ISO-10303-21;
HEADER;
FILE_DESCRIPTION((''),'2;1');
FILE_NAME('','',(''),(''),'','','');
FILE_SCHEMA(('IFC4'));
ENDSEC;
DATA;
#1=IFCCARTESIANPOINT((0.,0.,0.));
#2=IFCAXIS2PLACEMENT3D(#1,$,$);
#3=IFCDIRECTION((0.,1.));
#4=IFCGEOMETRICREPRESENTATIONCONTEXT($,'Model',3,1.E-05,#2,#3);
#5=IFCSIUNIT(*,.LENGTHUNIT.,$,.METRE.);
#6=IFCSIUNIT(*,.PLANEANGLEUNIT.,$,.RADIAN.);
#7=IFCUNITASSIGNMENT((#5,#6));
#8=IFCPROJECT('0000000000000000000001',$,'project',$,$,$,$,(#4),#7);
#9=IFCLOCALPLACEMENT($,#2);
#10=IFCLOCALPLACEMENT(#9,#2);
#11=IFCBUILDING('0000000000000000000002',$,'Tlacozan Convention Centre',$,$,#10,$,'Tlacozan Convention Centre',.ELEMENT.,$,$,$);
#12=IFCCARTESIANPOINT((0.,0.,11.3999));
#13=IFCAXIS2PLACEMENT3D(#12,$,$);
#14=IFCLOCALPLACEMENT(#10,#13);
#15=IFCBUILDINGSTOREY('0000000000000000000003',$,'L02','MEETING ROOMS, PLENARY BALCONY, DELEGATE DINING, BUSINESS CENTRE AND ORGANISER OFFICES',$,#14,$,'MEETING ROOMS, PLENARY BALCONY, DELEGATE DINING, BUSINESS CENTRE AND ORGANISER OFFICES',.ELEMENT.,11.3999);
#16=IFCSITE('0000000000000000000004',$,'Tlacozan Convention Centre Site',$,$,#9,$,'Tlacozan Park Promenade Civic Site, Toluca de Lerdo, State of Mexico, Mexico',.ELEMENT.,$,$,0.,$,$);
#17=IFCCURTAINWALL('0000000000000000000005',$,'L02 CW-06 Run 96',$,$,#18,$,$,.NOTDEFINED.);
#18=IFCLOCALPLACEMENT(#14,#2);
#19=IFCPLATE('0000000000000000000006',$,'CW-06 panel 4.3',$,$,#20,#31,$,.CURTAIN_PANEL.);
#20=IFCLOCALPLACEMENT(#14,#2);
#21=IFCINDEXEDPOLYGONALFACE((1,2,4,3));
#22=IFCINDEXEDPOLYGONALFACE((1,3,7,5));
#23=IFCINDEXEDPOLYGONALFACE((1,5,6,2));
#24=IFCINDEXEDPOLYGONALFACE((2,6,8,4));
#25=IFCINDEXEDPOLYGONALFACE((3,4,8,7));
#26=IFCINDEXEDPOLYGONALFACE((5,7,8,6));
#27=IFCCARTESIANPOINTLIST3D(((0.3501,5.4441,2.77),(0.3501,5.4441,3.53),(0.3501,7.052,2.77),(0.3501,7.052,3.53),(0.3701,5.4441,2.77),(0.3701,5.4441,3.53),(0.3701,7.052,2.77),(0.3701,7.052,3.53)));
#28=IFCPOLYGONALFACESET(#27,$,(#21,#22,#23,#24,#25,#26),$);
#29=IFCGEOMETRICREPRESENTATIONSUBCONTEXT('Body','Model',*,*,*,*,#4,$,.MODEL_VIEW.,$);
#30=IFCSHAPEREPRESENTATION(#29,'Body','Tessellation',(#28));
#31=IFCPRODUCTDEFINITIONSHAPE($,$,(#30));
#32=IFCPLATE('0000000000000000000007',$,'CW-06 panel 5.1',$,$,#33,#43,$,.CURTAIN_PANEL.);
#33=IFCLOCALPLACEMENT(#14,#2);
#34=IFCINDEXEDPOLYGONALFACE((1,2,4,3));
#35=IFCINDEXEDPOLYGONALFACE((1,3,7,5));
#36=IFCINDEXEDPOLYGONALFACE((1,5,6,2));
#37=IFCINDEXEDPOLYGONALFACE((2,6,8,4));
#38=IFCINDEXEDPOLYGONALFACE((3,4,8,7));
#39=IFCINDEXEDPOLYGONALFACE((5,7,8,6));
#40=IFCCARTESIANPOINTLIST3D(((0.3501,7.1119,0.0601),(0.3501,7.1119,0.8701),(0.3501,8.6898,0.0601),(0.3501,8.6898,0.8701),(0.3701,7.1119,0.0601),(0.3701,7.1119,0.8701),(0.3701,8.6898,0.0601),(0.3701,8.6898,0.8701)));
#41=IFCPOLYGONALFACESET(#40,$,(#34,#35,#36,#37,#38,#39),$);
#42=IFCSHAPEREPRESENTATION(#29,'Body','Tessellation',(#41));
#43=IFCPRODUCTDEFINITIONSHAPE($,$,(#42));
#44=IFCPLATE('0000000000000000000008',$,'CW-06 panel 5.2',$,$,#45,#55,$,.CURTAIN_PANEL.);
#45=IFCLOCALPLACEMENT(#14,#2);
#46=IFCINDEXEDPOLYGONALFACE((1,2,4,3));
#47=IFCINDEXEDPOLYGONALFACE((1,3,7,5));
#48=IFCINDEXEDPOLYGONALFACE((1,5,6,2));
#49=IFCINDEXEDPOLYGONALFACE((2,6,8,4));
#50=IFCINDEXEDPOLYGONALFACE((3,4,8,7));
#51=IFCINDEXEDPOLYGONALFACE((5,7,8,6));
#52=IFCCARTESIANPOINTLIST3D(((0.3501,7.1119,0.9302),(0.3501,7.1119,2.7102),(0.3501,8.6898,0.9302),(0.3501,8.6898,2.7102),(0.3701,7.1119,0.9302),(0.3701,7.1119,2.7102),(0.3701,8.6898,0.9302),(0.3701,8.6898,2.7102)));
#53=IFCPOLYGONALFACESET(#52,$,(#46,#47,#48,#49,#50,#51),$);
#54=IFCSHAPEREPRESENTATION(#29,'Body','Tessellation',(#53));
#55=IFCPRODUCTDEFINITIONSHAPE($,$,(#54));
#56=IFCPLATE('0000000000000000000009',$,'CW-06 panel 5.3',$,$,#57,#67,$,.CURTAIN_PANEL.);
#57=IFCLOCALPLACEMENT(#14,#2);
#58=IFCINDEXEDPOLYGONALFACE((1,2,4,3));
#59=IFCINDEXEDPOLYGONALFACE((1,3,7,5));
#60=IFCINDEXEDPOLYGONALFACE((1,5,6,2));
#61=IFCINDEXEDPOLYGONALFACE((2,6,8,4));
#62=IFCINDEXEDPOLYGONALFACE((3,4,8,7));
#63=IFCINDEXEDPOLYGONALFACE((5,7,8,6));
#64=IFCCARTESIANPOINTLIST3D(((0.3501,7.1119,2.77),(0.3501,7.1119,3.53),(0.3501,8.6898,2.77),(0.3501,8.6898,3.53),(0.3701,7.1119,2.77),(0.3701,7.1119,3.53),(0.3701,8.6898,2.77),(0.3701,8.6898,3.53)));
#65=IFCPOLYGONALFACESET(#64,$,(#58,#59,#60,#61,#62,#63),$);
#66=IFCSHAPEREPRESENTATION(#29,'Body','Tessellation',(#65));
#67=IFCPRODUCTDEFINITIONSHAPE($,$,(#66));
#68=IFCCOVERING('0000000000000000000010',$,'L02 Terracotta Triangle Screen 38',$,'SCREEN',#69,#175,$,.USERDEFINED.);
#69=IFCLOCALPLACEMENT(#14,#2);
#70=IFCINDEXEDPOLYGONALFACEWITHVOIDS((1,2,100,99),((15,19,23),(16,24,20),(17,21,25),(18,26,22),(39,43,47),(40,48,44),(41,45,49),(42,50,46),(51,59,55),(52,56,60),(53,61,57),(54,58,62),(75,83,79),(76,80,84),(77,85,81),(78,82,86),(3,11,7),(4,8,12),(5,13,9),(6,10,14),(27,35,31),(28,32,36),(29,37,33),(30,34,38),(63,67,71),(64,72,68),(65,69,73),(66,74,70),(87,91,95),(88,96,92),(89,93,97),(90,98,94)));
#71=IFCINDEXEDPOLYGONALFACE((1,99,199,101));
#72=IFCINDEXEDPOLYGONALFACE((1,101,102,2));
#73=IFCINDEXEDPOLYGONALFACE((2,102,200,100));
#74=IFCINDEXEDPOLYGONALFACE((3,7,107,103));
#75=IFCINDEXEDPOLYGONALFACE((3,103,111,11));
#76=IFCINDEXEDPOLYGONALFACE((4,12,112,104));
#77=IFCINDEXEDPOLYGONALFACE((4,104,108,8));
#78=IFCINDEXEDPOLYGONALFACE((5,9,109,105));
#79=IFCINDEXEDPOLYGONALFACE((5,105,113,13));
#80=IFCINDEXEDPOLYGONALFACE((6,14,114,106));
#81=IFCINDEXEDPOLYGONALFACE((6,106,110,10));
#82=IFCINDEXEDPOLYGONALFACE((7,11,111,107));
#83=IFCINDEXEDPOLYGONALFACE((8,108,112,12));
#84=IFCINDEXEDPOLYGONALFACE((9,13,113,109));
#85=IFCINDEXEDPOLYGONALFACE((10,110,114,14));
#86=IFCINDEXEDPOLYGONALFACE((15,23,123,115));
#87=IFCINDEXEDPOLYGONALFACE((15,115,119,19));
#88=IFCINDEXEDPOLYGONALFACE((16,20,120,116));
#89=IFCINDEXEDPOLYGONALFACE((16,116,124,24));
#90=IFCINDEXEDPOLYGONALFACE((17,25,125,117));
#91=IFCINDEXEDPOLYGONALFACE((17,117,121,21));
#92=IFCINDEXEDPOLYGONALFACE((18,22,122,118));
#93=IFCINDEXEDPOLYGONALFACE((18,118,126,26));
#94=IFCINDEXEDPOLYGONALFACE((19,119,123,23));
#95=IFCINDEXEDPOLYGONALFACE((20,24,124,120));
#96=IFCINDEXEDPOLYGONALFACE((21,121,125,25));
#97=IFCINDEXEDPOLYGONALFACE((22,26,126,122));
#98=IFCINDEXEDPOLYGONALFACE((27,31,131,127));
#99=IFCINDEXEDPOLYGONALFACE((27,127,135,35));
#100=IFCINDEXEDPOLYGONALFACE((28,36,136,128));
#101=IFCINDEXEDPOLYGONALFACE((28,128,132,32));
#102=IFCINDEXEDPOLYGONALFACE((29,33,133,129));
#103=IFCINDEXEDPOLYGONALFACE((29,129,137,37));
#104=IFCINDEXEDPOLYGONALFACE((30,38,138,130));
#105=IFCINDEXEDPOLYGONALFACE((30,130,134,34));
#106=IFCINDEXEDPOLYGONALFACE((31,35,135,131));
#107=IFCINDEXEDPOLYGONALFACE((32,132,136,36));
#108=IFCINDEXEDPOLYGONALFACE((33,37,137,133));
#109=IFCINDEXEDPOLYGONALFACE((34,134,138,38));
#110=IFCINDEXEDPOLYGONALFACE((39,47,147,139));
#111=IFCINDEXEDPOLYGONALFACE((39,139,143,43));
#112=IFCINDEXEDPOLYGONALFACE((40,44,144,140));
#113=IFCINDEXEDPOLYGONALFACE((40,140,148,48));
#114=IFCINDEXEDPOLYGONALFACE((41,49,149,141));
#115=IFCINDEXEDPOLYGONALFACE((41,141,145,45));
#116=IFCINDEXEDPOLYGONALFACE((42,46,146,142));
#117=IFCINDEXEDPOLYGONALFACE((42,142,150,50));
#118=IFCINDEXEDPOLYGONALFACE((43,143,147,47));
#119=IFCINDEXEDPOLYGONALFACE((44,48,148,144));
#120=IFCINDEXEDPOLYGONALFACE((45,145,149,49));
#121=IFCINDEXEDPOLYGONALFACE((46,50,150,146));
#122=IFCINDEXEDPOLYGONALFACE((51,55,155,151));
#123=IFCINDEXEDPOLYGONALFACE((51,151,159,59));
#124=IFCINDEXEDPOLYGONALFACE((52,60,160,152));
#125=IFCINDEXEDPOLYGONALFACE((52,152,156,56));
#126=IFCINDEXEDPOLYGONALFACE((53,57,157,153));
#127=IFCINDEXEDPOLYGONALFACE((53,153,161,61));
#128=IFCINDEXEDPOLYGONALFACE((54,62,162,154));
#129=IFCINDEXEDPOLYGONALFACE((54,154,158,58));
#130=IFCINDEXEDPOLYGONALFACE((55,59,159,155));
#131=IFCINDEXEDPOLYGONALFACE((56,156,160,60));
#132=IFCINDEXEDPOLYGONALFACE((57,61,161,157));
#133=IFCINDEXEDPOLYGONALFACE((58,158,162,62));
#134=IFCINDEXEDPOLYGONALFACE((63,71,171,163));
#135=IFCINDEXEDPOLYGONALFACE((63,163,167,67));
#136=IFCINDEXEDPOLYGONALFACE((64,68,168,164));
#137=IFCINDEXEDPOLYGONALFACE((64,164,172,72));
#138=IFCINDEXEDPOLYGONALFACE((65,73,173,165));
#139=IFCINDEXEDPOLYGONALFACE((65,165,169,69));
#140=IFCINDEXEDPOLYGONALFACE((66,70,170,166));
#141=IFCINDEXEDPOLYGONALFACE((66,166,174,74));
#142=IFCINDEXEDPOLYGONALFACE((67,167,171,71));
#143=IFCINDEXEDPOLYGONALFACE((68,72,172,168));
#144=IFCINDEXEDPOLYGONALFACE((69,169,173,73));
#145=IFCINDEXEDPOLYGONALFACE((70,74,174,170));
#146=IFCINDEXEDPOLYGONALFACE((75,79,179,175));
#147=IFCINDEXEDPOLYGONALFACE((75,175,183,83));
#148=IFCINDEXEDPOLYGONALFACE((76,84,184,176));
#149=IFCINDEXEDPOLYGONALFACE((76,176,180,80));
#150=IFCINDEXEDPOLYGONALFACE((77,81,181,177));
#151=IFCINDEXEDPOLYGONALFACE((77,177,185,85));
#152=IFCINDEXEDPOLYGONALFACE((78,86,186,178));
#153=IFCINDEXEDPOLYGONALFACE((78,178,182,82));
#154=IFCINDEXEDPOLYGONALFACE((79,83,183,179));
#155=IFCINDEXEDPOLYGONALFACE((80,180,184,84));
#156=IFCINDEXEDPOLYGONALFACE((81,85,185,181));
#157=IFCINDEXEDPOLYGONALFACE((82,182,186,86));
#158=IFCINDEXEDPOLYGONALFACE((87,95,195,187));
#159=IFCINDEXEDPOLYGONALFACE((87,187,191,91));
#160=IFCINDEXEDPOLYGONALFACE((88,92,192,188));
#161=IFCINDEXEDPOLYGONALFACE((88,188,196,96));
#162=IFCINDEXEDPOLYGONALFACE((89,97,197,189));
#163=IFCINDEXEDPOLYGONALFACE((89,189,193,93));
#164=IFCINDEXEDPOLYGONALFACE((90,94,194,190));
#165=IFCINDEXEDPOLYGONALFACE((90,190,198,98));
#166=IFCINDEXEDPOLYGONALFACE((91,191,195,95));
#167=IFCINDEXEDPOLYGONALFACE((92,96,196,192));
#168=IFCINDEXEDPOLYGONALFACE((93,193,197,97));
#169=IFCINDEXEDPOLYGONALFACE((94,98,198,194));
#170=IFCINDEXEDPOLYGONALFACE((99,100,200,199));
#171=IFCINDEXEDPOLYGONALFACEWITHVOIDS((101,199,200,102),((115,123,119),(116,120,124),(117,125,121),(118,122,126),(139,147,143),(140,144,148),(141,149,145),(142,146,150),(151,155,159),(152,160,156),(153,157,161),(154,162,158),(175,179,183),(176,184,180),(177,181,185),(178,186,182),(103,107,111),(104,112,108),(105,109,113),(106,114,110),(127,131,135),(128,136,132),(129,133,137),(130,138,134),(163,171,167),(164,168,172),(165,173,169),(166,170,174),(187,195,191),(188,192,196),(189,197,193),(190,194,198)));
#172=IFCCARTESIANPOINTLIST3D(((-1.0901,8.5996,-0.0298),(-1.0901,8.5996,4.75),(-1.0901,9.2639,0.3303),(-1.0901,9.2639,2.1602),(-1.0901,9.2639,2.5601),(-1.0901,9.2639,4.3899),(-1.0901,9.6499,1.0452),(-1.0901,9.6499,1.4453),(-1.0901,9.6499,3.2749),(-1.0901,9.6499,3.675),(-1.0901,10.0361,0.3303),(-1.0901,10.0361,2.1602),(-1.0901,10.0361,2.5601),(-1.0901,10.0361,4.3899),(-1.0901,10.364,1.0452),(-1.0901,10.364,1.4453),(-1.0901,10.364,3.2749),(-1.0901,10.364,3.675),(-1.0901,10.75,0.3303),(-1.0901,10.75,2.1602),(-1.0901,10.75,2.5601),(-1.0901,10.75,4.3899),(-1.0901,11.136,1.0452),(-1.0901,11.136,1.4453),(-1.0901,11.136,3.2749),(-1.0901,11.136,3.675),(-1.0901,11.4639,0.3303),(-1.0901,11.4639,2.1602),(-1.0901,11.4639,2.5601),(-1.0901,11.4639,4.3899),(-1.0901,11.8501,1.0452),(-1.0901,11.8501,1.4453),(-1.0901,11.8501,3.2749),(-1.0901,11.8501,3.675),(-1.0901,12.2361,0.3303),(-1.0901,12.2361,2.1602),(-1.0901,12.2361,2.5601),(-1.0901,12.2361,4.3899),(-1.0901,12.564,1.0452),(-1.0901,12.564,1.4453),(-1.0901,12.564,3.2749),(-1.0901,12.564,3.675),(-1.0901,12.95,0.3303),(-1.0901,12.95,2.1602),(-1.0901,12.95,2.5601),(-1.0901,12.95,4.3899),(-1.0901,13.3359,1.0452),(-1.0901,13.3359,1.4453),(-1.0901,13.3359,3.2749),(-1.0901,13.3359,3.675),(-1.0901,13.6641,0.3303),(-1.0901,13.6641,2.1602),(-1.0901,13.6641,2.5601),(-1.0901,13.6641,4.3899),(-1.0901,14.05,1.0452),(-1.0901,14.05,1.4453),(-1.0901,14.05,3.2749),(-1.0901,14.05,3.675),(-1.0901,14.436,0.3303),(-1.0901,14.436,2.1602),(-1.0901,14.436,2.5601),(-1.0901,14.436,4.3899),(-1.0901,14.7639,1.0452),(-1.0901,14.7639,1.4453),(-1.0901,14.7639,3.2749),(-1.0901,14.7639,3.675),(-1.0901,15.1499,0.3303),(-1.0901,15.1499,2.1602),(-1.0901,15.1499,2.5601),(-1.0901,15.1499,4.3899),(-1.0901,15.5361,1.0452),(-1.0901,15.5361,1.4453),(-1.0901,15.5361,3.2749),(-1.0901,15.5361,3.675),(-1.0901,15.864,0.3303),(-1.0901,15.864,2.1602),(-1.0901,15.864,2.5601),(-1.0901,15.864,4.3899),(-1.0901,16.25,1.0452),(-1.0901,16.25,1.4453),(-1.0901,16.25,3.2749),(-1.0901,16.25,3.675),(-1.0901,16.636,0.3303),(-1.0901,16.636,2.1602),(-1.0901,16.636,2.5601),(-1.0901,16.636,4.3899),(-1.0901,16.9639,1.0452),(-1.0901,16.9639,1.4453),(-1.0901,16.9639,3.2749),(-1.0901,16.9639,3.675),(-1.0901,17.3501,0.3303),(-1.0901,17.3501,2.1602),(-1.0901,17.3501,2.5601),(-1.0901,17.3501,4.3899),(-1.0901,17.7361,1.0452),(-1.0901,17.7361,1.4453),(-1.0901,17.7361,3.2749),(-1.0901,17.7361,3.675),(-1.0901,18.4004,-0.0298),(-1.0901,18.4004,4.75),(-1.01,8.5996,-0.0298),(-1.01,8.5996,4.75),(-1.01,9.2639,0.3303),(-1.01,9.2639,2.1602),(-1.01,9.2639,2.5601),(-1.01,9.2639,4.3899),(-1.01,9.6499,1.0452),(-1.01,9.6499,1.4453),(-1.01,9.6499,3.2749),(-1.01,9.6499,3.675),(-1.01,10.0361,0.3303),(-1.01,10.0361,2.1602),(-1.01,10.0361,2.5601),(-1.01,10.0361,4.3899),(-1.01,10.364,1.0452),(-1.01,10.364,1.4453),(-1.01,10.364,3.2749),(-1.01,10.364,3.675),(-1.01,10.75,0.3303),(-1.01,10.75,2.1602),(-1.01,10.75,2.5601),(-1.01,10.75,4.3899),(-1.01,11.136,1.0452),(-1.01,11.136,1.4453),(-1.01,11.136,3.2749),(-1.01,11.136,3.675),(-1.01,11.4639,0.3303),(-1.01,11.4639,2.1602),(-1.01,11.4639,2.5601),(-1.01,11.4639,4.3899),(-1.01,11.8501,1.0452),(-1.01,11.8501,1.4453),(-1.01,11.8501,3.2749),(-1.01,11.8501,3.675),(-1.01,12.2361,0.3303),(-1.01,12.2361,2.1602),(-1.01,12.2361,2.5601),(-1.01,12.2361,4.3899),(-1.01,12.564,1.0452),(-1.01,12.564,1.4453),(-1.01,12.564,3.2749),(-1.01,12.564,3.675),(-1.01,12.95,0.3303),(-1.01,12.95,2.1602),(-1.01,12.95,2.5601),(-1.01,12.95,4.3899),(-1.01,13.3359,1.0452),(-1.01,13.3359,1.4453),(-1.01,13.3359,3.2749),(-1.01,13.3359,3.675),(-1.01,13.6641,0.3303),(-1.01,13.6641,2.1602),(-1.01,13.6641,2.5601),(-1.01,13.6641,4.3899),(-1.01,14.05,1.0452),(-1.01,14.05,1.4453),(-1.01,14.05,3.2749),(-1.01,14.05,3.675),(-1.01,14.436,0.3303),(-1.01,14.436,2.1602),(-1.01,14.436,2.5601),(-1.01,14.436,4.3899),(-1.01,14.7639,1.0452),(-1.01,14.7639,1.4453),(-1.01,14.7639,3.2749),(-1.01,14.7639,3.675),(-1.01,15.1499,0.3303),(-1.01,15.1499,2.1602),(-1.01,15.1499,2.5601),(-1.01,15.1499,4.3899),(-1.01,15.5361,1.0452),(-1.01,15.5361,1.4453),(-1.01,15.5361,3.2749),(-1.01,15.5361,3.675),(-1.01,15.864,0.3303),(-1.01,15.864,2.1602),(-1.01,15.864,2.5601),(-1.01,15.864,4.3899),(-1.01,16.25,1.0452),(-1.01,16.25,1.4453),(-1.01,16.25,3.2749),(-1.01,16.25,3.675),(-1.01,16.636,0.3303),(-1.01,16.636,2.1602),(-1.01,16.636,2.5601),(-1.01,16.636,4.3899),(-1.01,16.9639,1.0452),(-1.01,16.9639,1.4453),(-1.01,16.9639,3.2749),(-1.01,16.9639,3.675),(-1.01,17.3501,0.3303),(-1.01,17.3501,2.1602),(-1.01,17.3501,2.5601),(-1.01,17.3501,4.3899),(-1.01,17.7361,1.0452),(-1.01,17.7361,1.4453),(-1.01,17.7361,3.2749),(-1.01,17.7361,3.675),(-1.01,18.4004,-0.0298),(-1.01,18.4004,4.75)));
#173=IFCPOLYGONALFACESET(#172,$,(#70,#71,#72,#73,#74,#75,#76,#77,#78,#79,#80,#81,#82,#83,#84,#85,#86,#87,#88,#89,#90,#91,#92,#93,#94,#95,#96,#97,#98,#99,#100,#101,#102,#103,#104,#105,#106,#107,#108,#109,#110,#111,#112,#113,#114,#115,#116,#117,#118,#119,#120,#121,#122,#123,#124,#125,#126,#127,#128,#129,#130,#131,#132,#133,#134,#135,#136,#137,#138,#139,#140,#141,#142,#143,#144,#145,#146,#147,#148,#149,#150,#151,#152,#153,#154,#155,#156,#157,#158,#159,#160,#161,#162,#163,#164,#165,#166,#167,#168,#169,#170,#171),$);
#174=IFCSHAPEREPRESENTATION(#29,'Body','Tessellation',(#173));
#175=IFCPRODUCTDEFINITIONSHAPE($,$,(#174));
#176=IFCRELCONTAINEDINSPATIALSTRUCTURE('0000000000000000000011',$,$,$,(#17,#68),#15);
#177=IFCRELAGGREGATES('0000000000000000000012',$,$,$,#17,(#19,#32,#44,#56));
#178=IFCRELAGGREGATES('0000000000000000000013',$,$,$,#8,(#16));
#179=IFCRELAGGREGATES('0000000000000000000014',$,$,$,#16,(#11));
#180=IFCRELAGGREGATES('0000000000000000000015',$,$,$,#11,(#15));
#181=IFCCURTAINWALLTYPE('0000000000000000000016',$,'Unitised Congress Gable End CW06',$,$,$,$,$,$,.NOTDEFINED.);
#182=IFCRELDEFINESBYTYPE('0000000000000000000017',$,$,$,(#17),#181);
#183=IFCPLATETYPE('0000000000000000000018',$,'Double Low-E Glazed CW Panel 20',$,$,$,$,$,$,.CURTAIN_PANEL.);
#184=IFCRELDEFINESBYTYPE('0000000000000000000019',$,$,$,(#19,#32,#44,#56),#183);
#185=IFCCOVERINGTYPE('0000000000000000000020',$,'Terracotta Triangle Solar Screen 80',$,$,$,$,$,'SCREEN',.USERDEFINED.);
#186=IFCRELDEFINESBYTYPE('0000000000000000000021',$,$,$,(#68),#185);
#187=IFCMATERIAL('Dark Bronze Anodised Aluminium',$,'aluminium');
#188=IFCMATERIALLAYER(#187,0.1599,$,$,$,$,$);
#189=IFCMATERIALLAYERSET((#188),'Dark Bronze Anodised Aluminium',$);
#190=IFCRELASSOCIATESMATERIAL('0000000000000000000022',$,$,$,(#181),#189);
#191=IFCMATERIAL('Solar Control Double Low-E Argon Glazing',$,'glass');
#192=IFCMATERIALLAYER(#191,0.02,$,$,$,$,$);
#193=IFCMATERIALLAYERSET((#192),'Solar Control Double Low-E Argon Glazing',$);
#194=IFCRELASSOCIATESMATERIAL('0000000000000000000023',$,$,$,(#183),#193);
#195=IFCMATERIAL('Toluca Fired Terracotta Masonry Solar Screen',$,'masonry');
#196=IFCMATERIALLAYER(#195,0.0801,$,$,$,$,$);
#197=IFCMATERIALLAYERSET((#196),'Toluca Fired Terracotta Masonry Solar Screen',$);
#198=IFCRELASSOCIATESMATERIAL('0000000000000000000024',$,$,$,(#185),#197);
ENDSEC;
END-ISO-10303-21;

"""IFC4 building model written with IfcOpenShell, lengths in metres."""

from ifc_helpers import new_model, si_unit, direction, frame, origin, origin_2d, place, context, subcontext, project, spatial, polyline, rectangle, outline, extrude, material, layer, layer_set, type_object, element, aggregate, save


model = new_model("IFC4")

# Units and contexts
model_context = context("Model", 3, precision=1e-05, world=origin(), true_north=direction((0.0, 1.0)))
body_context = subcontext(model_context, "Body", "Model", "MODEL_VIEW")
ifc_project = project(units=[si_unit("LENGTHUNIT", "METRE"), si_unit("PLANEANGLEUNIT", "RADIAN")], contexts=[model_context])

# Site, building, storey
site_placement = place(None, origin())
site = spatial("IfcSite", under=ifc_project, at=site_placement, Name="Tlacozan Convention Centre Site", LongName="Tlacozan Park Promenade Civic Site, Toluca de Lerdo, State of Mexico, Mexico", CompositionType="ELEMENT", RefElevation=0.0)
building_placement = place(site_placement, origin())
building = spatial("IfcBuilding", under=site, at=building_placement, Name="Tlacozan Convention Centre", LongName="Tlacozan Convention Centre", CompositionType="ELEMENT")
storey_placement = place(building_placement, frame((0.0, 0.0, 11.3999)))
storey = spatial("IfcBuildingStorey", under=building, at=storey_placement, Name="L02", Description="MEETING ROOMS, PLENARY BALCONY, DELEGATE DINING, BUSINESS CENTRE AND ORGANISER OFFICES", LongName="MEETING ROOMS, PLENARY BALCONY, DELEGATE DINING, BUSINESS CENTRE AND ORGANISER OFFICES", CompositionType="ELEMENT", Elevation=11.3999)

# Curtain wall
ifc_material_1 = material(Name="Dark Bronze Anodised Aluminium", Category="aluminium")
ifc_layer_1 = layer(ifc_material_1, 0.1599)
ifc_layer_set_1 = layer_set([ifc_layer_1], Name="Dark Bronze Anodised Aluminium")
curtain_wall_type = type_object("IfcCurtainWallType", Name="Unitised Congress Gable End CW06", PredefinedType="NOTDEFINED", material=ifc_layer_set_1)
curtain_wall_1_placement = place(storey_placement, origin())
curtain_wall_1 = element("IfcCurtainWall", 1, at=curtain_wall_1_placement, inside=storey, type_object=curtain_wall_type, Name="L02 CW-06 Run 96", PredefinedType="NOTDEFINED")

# Plates
ifc_material_2 = material(Name="Solar Control Double Low-E Argon Glazing", Category="glass")
ifc_layer_2 = layer(ifc_material_2, 0.02)
ifc_layer_set_2 = layer_set([ifc_layer_2], Name="Solar Control Double Low-E Argon Glazing")
plate_type = type_object("IfcPlateType", Name="Double Low-E Glazed CW Panel 20", PredefinedType="CURTAIN_PANEL", material=ifc_layer_set_2)
plate_1_placement = place(storey_placement, frame((0.3601, 6.248, 2.77), z_axis=(0.0, 0.0, 1.0), x_axis=(0.0, 1.0, 0.0)))
plate_1 = element("IfcPlate", 2, at=plate_1_placement, type_object=plate_type, Name="CW-06 panel 4.3", PredefinedType="CURTAIN_PANEL", context=body_context, shape_type="SweptSolid", body=[
    extrude(rectangle(XDim=1.6079, YDim=0.02, at=origin_2d()), origin(), (0.0, 0.0, 1.0), 0.76),
])
plate_2_placement = place(storey_placement, frame((0.3601, 7.9009, 0.0601), z_axis=(0.0, 0.0, 1.0), x_axis=(0.0, 1.0, 0.0)))
plate_2 = element("IfcPlate", 3, at=plate_2_placement, type_object=plate_type, Name="CW-06 panel 5.1", PredefinedType="CURTAIN_PANEL", context=body_context, shape_type="SweptSolid", body=[
    extrude(rectangle(XDim=1.5779, YDim=0.02, at=origin_2d()), origin(), (0.0, 0.0, 1.0), 0.8101),
])
plate_3_placement = place(storey_placement, frame((0.3601, 7.9009, 0.9302), z_axis=(0.0, 0.0, 1.0), x_axis=(0.0, 1.0, 0.0)))
plate_3 = element("IfcPlate", 4, at=plate_3_placement, type_object=plate_type, Name="CW-06 panel 5.2", PredefinedType="CURTAIN_PANEL", context=body_context, shape_type="SweptSolid", body=[
    extrude(rectangle(XDim=1.5779, YDim=0.02, at=origin_2d()), origin(), (0.0, 0.0, 1.0), 1.78),
])
plate_4_placement = place(storey_placement, frame((0.3601, 7.9009, 2.77), z_axis=(0.0, 0.0, 1.0), x_axis=(0.0, 1.0, 0.0)))
plate_4 = element("IfcPlate", 5, at=plate_4_placement, type_object=plate_type, Name="CW-06 panel 5.3", PredefinedType="CURTAIN_PANEL", context=body_context, shape_type="SweptSolid", body=[
    extrude(rectangle(XDim=1.5779, YDim=0.02, at=origin_2d()), origin(), (0.0, 0.0, 1.0), 0.76),
])
aggregate(curtain_wall_1, [plate_1, plate_2, plate_3, plate_4])

# Covering
ifc_material_3 = material(Name="Toluca Fired Terracotta Masonry Solar Screen", Category="masonry")
ifc_layer_3 = layer(ifc_material_3, 0.0801)
ifc_layer_set_3 = layer_set([ifc_layer_3], Name="Toluca Fired Terracotta Masonry Solar Screen")
covering_type = type_object("IfcCoveringType", Name="Terracotta Triangle Solar Screen 80", ElementType="SCREEN", PredefinedType="USERDEFINED", material=ifc_layer_set_3)
covering_placement = place(storey_placement, frame((-1.05, 8.5996, -0.0298), z_axis=(0.0, 0.0, 1.0), x_axis=(0.0, 1.0, 0.0)))
element("IfcCovering", 6, at=covering_placement, inside=storey, type_object=covering_type, Name="L02 Terracotta Triangle Screen 38", ObjectType="SCREEN", PredefinedType="USERDEFINED", context=body_context, shape_type="SweptSolid", body=[
    extrude(outline(polyline([(0.0, 0.0), (9.8008, 0.0), (9.8008, 4.7798), (0.0, 4.7798), (0.0, 0.0)]), holes=[polyline([(0.6643, 0.3601), (1.4365, 0.3601), (1.0503, 1.075), (0.6643, 0.3601)]), polyline([(1.7644, 1.075), (2.5364, 1.075), (2.1504, 0.3601), (1.7644, 1.075)]), polyline([(2.8643, 0.3601), (3.6365, 0.3601), (3.2505, 1.075), (2.8643, 0.3601)]), polyline([(3.9644, 1.075), (4.7363, 1.075), (4.3503, 0.3601), (3.9644, 1.075)]), polyline([(5.0645, 0.3601), (5.8364, 0.3601), (5.4504, 1.075), (5.0645, 0.3601)]), polyline([(6.1643, 1.075), (6.9365, 1.075), (6.5503, 0.3601), (6.1643, 1.075)]), polyline([(7.2644, 0.3601), (8.0364, 0.3601), (7.6504, 1.075), (7.2644, 0.3601)]), polyline([(8.3643, 1.075), (9.1365, 1.075), (8.7505, 0.3601), (8.3643, 1.075)]), polyline([(0.6643, 2.1899), (1.4365, 2.1899), (1.0503, 1.4751), (0.6643, 2.1899)]), polyline([(1.7644, 1.4751), (2.5364, 1.4751), (2.1504, 2.1899), (1.7644, 1.4751)]), polyline([(2.8643, 2.1899), (3.6365, 2.1899), (3.2505, 1.4751), (2.8643, 2.1899)]), polyline([(3.9644, 1.4751), (4.7363, 1.4751), (4.3503, 2.1899), (3.9644, 1.4751)]), polyline([(5.0645, 2.1899), (5.8364, 2.1899), (5.4504, 1.4751), (5.0645, 2.1899)]), polyline([(6.1643, 1.4751), (6.9365, 1.4751), (6.5503, 2.1899), (6.1643, 1.4751)]), polyline([(7.2644, 2.1899), (8.0364, 2.1899), (7.6504, 1.4751), (7.2644, 2.1899)]), polyline([(8.3643, 1.4751), (9.1365, 1.4751), (8.7505, 2.1899), (8.3643, 1.4751)]), polyline([(0.6643, 2.5898), (1.4365, 2.5898), (1.0503, 3.3047), (0.6643, 2.5898)]), polyline([(1.7644, 3.3047), (2.5364, 3.3047), (2.1504, 2.5898), (1.7644, 3.3047)]), polyline([(2.8643, 2.5898), (3.6365, 2.5898), (3.2505, 3.3047), (2.8643, 2.5898)]), polyline([(3.9644, 3.3047), (4.7363, 3.3047), (4.3503, 2.5898), (3.9644, 3.3047)]), polyline([(5.0645, 2.5898), (5.8364, 2.5898), (5.4504, 3.3047), (5.0645, 2.5898)]), polyline([(6.1643, 3.3047), (6.9365, 3.3047), (6.5503, 2.5898), (6.1643, 3.3047)]), polyline([(7.2644, 2.5898), (8.0364, 2.5898), (7.6504, 3.3047), (7.2644, 2.5898)]), polyline([(8.3643, 3.3047), (9.1365, 3.3047), (8.7505, 2.5898), (8.3643, 3.3047)]), polyline([(0.6643, 4.4197), (1.4365, 4.4197), (1.0503, 3.7048), (0.6643, 4.4197)]), polyline([(1.7644, 3.7048), (2.5364, 3.7048), (2.1504, 4.4197), (1.7644, 3.7048)]), polyline([(2.8643, 4.4197), (3.6365, 4.4197), (3.2505, 3.7048), (2.8643, 4.4197)]), polyline([(3.9644, 3.7048), (4.7363, 3.7048), (4.3503, 4.4197), (3.9644, 3.7048)]), polyline([(5.0645, 4.4197), (5.8364, 4.4197), (5.4504, 3.7048), (5.0645, 4.4197)]), polyline([(6.1643, 3.7048), (6.9365, 3.7048), (6.5503, 4.4197), (6.1643, 3.7048)]), polyline([(7.2644, 4.4197), (8.0364, 4.4197), (7.6504, 3.7048), (7.2644, 4.4197)]), polyline([(8.3643, 3.7048), (9.1365, 3.7048), (8.7505, 4.4197), (8.3643, 3.7048)])]), frame((0.0, 0.04, 0.0), z_axis=(0.0, -1.0, 0.0), x_axis=(1.0, 0.0, 0.0)), (0.0, 0.0, 1.0), 0.0801),
])

save(model, "model.ifc")
